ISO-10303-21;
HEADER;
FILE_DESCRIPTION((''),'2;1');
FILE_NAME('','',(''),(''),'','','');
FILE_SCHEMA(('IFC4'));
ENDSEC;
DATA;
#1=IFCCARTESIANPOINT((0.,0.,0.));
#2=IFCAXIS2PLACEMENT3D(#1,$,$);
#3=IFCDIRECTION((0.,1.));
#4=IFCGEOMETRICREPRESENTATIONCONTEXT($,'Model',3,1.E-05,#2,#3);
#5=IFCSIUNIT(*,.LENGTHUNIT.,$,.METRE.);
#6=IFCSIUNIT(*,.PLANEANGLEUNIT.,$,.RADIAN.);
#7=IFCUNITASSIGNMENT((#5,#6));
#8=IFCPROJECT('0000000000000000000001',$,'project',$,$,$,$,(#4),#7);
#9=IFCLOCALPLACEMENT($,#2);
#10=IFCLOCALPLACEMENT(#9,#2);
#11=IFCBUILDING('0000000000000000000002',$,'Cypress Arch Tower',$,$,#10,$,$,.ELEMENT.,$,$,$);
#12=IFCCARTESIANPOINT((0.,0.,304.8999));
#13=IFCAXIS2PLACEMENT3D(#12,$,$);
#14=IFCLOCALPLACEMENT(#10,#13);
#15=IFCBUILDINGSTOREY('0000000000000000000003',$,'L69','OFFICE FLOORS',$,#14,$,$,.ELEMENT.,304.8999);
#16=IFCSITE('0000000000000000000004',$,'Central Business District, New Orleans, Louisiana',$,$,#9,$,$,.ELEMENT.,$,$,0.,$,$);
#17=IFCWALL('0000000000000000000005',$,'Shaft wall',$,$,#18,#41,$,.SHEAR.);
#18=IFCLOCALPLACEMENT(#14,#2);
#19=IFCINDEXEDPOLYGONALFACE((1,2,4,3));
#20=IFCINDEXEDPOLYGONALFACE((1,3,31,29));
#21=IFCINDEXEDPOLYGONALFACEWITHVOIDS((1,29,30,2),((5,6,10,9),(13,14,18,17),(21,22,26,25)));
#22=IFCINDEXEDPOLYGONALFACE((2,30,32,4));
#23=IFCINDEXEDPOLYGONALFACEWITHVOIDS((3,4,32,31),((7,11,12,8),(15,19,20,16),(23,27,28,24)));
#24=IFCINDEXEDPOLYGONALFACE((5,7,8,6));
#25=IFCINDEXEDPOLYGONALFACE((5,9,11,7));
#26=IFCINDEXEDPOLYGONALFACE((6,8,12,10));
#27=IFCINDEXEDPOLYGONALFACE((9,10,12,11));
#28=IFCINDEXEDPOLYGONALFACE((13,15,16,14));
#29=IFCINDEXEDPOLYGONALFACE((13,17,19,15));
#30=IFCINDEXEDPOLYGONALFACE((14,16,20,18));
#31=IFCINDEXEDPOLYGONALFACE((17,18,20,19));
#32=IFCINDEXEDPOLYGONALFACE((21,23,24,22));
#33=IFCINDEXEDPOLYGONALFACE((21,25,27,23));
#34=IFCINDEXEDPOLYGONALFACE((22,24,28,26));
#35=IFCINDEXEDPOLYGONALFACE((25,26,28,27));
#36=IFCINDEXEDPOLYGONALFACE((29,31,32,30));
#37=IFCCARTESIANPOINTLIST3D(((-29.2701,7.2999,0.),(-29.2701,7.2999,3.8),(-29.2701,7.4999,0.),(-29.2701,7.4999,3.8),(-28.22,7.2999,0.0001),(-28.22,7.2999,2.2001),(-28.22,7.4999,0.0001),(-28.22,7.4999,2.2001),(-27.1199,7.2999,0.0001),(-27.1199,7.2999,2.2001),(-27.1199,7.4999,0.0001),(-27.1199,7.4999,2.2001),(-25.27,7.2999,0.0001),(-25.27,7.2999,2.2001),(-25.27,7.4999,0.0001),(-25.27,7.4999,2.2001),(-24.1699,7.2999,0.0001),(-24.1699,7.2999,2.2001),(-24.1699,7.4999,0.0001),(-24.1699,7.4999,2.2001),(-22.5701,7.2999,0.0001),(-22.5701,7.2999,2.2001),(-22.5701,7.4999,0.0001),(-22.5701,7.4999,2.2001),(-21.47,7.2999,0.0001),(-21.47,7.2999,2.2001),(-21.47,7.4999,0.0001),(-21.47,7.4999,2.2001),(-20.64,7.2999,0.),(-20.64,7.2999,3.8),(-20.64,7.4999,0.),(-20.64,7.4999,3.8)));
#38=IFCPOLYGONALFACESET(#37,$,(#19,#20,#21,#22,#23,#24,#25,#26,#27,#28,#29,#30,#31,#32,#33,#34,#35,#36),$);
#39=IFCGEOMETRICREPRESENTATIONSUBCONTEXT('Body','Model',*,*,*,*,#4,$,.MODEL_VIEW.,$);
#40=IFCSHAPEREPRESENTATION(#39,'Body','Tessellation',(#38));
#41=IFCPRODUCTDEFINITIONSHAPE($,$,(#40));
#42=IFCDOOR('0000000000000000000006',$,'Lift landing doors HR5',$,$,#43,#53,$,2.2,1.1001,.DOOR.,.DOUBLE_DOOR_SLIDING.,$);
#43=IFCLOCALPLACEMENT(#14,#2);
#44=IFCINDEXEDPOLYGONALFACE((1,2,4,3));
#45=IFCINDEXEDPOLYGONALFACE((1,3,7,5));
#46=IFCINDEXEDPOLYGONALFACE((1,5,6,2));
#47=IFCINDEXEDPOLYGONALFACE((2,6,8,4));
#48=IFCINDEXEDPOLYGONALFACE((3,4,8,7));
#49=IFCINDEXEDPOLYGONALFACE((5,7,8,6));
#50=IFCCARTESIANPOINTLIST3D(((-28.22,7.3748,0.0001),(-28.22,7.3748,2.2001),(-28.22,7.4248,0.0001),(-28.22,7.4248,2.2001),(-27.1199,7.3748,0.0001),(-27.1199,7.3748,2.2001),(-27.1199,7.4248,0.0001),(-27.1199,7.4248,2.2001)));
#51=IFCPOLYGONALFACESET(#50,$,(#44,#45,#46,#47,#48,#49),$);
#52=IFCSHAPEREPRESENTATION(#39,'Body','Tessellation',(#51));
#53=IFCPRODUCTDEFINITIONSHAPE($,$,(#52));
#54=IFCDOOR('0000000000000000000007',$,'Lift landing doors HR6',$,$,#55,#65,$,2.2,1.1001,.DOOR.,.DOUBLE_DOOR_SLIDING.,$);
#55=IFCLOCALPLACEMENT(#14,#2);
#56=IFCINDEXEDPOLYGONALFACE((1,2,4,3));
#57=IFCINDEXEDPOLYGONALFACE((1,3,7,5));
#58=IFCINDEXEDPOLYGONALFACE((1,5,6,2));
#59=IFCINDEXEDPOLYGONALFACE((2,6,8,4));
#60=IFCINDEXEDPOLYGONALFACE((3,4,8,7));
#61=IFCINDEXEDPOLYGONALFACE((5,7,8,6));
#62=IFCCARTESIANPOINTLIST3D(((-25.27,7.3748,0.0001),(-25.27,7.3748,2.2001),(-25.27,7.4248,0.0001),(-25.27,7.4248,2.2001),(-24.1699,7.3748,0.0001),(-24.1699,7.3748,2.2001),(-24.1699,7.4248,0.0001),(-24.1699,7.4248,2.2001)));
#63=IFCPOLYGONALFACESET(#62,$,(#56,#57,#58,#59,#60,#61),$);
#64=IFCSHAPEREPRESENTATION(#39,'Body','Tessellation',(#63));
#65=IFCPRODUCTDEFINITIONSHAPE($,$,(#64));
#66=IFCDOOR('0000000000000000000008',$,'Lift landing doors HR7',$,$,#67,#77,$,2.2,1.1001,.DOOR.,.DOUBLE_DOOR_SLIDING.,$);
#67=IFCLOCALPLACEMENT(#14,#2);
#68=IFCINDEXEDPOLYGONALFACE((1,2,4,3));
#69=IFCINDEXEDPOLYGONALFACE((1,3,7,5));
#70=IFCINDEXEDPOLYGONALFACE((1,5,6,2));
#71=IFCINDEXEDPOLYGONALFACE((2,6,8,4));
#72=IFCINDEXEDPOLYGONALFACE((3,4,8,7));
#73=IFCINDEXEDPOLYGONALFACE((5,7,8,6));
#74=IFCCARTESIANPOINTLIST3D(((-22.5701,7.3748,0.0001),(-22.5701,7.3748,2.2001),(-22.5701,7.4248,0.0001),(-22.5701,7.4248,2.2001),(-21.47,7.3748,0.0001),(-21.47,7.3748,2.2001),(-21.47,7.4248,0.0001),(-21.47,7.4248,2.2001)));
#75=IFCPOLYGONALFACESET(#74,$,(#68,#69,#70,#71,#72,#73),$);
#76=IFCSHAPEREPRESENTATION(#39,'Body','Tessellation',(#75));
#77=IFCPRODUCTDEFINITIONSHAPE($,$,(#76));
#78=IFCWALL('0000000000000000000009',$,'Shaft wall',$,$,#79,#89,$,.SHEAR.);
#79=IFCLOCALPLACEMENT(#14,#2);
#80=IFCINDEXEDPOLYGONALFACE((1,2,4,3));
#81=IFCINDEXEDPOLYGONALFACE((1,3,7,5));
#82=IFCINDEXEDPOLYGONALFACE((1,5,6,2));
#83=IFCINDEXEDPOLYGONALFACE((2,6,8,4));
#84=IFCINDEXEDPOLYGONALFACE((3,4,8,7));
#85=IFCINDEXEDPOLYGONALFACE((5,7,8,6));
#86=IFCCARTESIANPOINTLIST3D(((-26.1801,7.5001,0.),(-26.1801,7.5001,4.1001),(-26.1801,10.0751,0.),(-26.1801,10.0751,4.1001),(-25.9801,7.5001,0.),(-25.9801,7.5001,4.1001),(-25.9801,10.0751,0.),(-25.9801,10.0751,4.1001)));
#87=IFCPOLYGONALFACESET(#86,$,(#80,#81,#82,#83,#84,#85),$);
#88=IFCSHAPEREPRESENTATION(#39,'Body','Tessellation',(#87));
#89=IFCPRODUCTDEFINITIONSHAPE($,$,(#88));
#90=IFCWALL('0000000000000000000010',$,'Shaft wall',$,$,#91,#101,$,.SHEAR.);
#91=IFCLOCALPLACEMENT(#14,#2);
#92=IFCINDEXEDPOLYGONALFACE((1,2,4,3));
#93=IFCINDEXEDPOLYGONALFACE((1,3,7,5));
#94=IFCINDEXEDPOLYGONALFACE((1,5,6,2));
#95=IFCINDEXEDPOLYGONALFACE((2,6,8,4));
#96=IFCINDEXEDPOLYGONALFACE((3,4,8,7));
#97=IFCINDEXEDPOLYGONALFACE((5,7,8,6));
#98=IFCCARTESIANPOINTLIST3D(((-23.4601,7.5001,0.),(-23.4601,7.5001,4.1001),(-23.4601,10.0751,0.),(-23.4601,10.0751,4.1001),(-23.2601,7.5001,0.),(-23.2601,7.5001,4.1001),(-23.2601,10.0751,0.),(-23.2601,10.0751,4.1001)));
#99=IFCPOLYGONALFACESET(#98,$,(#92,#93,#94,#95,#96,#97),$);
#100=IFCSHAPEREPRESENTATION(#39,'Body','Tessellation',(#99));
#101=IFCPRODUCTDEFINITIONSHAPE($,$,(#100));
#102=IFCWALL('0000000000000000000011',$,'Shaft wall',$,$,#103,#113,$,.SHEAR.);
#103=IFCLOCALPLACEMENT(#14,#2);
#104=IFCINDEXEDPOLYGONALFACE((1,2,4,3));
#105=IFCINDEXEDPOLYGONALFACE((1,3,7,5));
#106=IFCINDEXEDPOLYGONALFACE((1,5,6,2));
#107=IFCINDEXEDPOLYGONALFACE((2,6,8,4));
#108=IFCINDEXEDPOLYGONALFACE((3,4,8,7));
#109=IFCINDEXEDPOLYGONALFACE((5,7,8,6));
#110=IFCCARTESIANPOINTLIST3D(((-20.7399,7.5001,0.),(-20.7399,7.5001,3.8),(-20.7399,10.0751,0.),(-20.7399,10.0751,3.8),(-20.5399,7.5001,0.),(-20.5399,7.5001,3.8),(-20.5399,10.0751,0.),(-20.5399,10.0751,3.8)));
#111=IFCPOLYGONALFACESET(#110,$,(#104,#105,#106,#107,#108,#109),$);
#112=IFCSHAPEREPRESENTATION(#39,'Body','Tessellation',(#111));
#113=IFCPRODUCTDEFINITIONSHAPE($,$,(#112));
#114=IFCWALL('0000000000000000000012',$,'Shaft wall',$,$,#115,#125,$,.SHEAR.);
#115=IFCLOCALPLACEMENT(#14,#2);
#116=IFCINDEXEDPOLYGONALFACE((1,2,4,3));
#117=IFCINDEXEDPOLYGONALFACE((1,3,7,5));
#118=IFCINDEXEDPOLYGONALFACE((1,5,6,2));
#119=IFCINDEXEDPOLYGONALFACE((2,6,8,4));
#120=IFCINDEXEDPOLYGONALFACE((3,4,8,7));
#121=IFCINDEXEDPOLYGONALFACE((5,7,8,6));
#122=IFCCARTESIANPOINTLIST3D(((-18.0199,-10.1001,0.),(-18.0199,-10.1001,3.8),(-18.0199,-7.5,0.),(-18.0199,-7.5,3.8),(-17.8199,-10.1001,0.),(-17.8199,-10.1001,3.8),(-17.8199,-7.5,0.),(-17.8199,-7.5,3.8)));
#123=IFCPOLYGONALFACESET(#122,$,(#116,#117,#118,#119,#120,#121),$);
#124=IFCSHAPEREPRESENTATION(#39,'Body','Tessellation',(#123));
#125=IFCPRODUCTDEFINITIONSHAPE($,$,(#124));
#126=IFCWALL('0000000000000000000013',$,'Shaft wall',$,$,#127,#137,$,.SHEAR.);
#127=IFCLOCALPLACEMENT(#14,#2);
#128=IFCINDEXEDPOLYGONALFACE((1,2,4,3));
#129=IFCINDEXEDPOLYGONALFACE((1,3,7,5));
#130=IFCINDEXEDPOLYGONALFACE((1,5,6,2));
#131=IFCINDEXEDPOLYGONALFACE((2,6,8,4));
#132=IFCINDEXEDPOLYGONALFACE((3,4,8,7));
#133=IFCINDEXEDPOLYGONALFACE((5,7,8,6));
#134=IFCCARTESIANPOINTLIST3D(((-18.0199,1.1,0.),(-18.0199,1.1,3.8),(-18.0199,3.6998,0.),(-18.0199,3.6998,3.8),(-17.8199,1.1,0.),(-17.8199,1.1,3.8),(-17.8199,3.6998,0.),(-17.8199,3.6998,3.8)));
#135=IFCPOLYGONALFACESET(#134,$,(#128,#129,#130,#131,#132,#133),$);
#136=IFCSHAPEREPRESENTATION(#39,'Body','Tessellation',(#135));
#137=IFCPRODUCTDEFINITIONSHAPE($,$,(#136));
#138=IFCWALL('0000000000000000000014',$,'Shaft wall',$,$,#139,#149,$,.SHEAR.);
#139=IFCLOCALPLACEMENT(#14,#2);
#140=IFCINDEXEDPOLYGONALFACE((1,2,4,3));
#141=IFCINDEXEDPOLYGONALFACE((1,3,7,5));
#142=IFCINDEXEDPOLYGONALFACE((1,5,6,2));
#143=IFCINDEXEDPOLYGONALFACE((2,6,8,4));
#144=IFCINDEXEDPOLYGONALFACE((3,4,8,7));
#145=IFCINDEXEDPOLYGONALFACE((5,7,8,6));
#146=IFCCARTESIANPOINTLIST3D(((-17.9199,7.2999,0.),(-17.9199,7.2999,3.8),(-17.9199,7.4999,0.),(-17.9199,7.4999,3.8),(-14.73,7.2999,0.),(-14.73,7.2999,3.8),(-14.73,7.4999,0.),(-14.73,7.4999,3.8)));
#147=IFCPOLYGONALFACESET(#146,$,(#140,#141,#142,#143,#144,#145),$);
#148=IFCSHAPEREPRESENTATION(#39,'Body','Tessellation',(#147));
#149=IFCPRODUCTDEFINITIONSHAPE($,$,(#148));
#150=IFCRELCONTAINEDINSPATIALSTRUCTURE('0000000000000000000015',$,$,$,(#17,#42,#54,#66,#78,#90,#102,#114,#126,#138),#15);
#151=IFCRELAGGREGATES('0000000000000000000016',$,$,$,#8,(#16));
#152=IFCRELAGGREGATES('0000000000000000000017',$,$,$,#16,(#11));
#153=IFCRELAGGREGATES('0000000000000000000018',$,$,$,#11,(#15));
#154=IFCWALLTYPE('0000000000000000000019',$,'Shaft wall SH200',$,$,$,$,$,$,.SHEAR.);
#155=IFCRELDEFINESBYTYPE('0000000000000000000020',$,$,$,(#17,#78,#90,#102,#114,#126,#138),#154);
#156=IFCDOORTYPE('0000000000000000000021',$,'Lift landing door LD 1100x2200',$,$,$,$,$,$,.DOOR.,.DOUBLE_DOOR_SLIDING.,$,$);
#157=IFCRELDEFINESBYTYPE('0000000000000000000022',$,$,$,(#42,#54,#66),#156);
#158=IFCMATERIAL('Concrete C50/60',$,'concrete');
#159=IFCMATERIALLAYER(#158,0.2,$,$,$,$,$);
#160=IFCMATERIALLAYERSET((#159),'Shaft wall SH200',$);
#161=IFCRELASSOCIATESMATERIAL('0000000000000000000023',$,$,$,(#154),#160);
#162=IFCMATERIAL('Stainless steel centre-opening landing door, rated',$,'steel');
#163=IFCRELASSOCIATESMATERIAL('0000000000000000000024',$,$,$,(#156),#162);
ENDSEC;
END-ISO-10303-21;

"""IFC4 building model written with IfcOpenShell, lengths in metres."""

from ifc_helpers import new_model, si_unit, direction, frame, frame_2d, origin, place, context, subcontext, project, spatial, rectangle, extrude, material, layer, layer_set, type_object, element, fill, save


model = new_model("IFC4")

# Units and contexts
model_context = context("Model", 3, precision=1e-05, world=origin(), true_north=direction((0.0, 1.0)))
body_context = subcontext(model_context, "Body", "Model", "MODEL_VIEW")
ifc_project = project(units=[si_unit("LENGTHUNIT", "METRE"), si_unit("PLANEANGLEUNIT", "RADIAN")], contexts=[model_context])

# Site, building, storey
site_placement = place(None, origin())
site = spatial("IfcSite", under=ifc_project, at=site_placement, Name="Central Business District, New Orleans, Louisiana", CompositionType="ELEMENT", RefElevation=0.0)
building_placement = place(site_placement, origin())
building = spatial("IfcBuilding", under=site, at=building_placement, Name="Cypress Arch Tower", CompositionType="ELEMENT")
storey_placement = place(building_placement, frame((0.0, 0.0, 304.8999)))
storey = spatial("IfcBuildingStorey", under=building, at=storey_placement, Name="L69", Description="OFFICE FLOORS", CompositionType="ELEMENT", Elevation=304.8999)

# Wall, openings, doors
ifc_material_1 = material(Name="Concrete C50/60", Category="concrete")
ifc_layer_1 = layer(ifc_material_1, 0.2)
ifc_layer_set_1 = layer_set([ifc_layer_1], Name="Shaft wall SH200")
wall_type_1 = type_object("IfcWallType", Name="Shaft wall SH200", PredefinedType="SHEAR", material=ifc_layer_set_1)
wall_1_placement = place(storey_placement, frame((-29.27, 7.3999, 0.0), z_axis=(0.0, 0.0, 1.0), x_axis=(1.0, 0.0, 0.0)))
wall_1 = element("IfcWall", 1, at=wall_1_placement, inside=storey, type_object=wall_type_1, Name="Shaft wall", PredefinedType="SHEAR", context=body_context, shape_type="SweptSolid", body=[
    extrude(rectangle(XDim=8.6301, YDim=0.2, at=frame_2d((4.3149, 0.0))), origin(), (0.0, 0.0, 1.0), 3.8),
])
opening_1_placement = place(wall_1_placement, frame((1.05, 0.0, 0.0)))
opening_1 = element("IfcOpeningElement", 2, at=opening_1_placement, cuts=wall_1, PredefinedType="OPENING", context=body_context, shape_type="SweptSolid", body=[
    extrude(rectangle(XDim=1.1001, YDim=2.2, at=frame_2d((0.55, 1.1001))), frame((0.0, 0.1099, 0.0), z_axis=(0.0, -1.0, 0.0), x_axis=(1.0, 0.0, 0.0)), (0.0, 0.0, 1.0), 0.22),
])
opening_2_placement = place(wall_1_placement, frame((4.0, 0.0, 0.0)))
opening_2 = element("IfcOpeningElement", 3, at=opening_2_placement, cuts=wall_1, PredefinedType="OPENING", context=body_context, shape_type="SweptSolid", body=[
    extrude(rectangle(XDim=1.1001, YDim=2.2, at=frame_2d((0.55, 1.1001))), frame((0.0, 0.1099, 0.0), z_axis=(0.0, -1.0, 0.0), x_axis=(1.0, 0.0, 0.0)), (0.0, 0.0, 1.0), 0.22),
])
opening_3_placement = place(wall_1_placement, frame((6.7, 0.0, 0.0)))
opening_3 = element("IfcOpeningElement", 4, at=opening_3_placement, cuts=wall_1, PredefinedType="OPENING", context=body_context, shape_type="SweptSolid", body=[
    extrude(rectangle(XDim=1.1001, YDim=2.2, at=frame_2d((0.55, 1.1001))), frame((0.0, 0.1099, 0.0), z_axis=(0.0, -1.0, 0.0), x_axis=(1.0, 0.0, 0.0)), (0.0, 0.0, 1.0), 0.22),
])
ifc_material_2 = material(Name="Stainless steel centre-opening landing door, rated", Category="steel")
door_type_1 = type_object("IfcDoorType", Name="Lift landing door LD 1100x2200", OperationType="DOUBLE_DOOR_SLIDING", PredefinedType="DOOR", material=ifc_material_2)
door_1_placement = place(opening_1_placement, origin())
door_1 = element("IfcDoor", 5, at=door_1_placement, inside=storey, type_object=door_type_1, Name="Lift landing doors HR5", OperationType="DOUBLE_DOOR_SLIDING", OverallHeight=2.2, OverallWidth=1.1001, PredefinedType="DOOR", context=body_context, shape_type="SweptSolid", body=[
    extrude(rectangle(XDim=1.1001, YDim=2.2, at=frame_2d((0.55, 1.1001))), frame((0.0, 0.0249, 0.0), z_axis=(0.0, -1.0, 0.0), x_axis=(1.0, 0.0, 0.0)), (0.0, 0.0, 1.0), 0.05),
])
fill(opening_1, door_1)
door_2_placement = place(opening_2_placement, origin())
door_2 = element("IfcDoor", 6, at=door_2_placement, inside=storey, type_object=door_type_1, Name="Lift landing doors HR6", OperationType="DOUBLE_DOOR_SLIDING", OverallHeight=2.2, OverallWidth=1.1001, PredefinedType="DOOR", context=body_context, shape_type="SweptSolid", body=[
    extrude(rectangle(XDim=1.1001, YDim=2.2, at=frame_2d((0.55, 1.1001))), frame((0.0, 0.0249, 0.0), z_axis=(0.0, -1.0, 0.0), x_axis=(1.0, 0.0, 0.0)), (0.0, 0.0, 1.0), 0.05),
])
fill(opening_2, door_2)
door_3_placement = place(opening_3_placement, origin())
door_3 = element("IfcDoor", 7, at=door_3_placement, inside=storey, type_object=door_type_1, Name="Lift landing doors HR7", OperationType="DOUBLE_DOOR_SLIDING", OverallHeight=2.2, OverallWidth=1.1001, PredefinedType="DOOR", context=body_context, shape_type="SweptSolid", body=[
    extrude(rectangle(XDim=1.1001, YDim=2.2, at=frame_2d((0.55, 1.1001))), frame((0.0, 0.0249, 0.0), z_axis=(0.0, -1.0, 0.0), x_axis=(1.0, 0.0, 0.0)), (0.0, 0.0, 1.0), 0.05),
])
fill(opening_3, door_3)

# Walls
for number, where, z_axis, x_axis, name in (
    (8, (-26.0801, 7.5, 0.0), (0.0, 0.0, 1.0), (0.0, 1.0, 0.0), "Shaft wall"),
    (9, (-23.3601, 7.5, 0.0), (0.0, 0.0, 1.0), (0.0, 1.0, 0.0), "Shaft wall"),
):
    element("IfcWall", number, at=place(storey_placement, frame(where, z_axis=z_axis, x_axis=x_axis)), inside=storey, type_object=wall_type_1, Name=name, PredefinedType="SHEAR", context=body_context, shape_type="SweptSolid", body=[
        extrude(rectangle(XDim=2.575, YDim=0.2, at=frame_2d((1.2876, 0.0))), origin(), (0.0, 0.0, 1.0), 4.1001),
    ])
wall_2_placement = place(storey_placement, frame((-20.6399, 7.5, 0.0), z_axis=(0.0, 0.0, 1.0), x_axis=(0.0, 1.0, 0.0)))
element("IfcWall", 10, at=wall_2_placement, inside=storey, type_object=wall_type_1, Name="Shaft wall", PredefinedType="SHEAR", context=body_context, shape_type="SweptSolid", body=[
    extrude(rectangle(XDim=2.575, YDim=0.2, at=frame_2d((1.2876, 0.0))), origin(), (0.0, 0.0, 1.0), 3.8),
])
wall_3_placement = place(storey_placement, frame((-17.9199, -10.1001, 0.0), z_axis=(0.0, 0.0, 1.0), x_axis=(0.0, 1.0, 0.0)))
element("IfcWall", 11, at=wall_3_placement, inside=storey, type_object=wall_type_1, Name="Shaft wall", PredefinedType="SHEAR", context=body_context, shape_type="SweptSolid", body=[
    extrude(rectangle(XDim=2.6001, YDim=0.2, at=frame_2d((1.3, 0.0))), origin(), (0.0, 0.0, 1.0), 3.8),
])
wall_4_placement = place(storey_placement, frame((-17.9199, 1.1001, 0.0), z_axis=(0.0, 0.0, 1.0), x_axis=(0.0, 1.0, 0.0)))
element("IfcWall", 12, at=wall_4_placement, inside=storey, type_object=wall_type_1, Name="Shaft wall", PredefinedType="SHEAR", context=body_context, shape_type="SweptSolid", body=[
    extrude(rectangle(XDim=2.5999, YDim=0.2, at=frame_2d((1.2998, 0.0))), origin(), (0.0, 0.0, 1.0), 3.8),
])
wall_5_placement = place(storey_placement, frame((-17.9199, 7.3999, 0.0), z_axis=(0.0, 0.0, 1.0), x_axis=(1.0, 0.0, 0.0)))
element("IfcWall", 13, at=wall_5_placement, inside=storey, type_object=wall_type_1, Name="Shaft wall", PredefinedType="SHEAR", context=body_context, shape_type="SweptSolid", body=[
    extrude(rectangle(XDim=3.1899, YDim=0.2, at=frame_2d((1.595, 0.0))), origin(), (0.0, 0.0, 1.0), 3.8),
])

save(model, "model.ifc")
